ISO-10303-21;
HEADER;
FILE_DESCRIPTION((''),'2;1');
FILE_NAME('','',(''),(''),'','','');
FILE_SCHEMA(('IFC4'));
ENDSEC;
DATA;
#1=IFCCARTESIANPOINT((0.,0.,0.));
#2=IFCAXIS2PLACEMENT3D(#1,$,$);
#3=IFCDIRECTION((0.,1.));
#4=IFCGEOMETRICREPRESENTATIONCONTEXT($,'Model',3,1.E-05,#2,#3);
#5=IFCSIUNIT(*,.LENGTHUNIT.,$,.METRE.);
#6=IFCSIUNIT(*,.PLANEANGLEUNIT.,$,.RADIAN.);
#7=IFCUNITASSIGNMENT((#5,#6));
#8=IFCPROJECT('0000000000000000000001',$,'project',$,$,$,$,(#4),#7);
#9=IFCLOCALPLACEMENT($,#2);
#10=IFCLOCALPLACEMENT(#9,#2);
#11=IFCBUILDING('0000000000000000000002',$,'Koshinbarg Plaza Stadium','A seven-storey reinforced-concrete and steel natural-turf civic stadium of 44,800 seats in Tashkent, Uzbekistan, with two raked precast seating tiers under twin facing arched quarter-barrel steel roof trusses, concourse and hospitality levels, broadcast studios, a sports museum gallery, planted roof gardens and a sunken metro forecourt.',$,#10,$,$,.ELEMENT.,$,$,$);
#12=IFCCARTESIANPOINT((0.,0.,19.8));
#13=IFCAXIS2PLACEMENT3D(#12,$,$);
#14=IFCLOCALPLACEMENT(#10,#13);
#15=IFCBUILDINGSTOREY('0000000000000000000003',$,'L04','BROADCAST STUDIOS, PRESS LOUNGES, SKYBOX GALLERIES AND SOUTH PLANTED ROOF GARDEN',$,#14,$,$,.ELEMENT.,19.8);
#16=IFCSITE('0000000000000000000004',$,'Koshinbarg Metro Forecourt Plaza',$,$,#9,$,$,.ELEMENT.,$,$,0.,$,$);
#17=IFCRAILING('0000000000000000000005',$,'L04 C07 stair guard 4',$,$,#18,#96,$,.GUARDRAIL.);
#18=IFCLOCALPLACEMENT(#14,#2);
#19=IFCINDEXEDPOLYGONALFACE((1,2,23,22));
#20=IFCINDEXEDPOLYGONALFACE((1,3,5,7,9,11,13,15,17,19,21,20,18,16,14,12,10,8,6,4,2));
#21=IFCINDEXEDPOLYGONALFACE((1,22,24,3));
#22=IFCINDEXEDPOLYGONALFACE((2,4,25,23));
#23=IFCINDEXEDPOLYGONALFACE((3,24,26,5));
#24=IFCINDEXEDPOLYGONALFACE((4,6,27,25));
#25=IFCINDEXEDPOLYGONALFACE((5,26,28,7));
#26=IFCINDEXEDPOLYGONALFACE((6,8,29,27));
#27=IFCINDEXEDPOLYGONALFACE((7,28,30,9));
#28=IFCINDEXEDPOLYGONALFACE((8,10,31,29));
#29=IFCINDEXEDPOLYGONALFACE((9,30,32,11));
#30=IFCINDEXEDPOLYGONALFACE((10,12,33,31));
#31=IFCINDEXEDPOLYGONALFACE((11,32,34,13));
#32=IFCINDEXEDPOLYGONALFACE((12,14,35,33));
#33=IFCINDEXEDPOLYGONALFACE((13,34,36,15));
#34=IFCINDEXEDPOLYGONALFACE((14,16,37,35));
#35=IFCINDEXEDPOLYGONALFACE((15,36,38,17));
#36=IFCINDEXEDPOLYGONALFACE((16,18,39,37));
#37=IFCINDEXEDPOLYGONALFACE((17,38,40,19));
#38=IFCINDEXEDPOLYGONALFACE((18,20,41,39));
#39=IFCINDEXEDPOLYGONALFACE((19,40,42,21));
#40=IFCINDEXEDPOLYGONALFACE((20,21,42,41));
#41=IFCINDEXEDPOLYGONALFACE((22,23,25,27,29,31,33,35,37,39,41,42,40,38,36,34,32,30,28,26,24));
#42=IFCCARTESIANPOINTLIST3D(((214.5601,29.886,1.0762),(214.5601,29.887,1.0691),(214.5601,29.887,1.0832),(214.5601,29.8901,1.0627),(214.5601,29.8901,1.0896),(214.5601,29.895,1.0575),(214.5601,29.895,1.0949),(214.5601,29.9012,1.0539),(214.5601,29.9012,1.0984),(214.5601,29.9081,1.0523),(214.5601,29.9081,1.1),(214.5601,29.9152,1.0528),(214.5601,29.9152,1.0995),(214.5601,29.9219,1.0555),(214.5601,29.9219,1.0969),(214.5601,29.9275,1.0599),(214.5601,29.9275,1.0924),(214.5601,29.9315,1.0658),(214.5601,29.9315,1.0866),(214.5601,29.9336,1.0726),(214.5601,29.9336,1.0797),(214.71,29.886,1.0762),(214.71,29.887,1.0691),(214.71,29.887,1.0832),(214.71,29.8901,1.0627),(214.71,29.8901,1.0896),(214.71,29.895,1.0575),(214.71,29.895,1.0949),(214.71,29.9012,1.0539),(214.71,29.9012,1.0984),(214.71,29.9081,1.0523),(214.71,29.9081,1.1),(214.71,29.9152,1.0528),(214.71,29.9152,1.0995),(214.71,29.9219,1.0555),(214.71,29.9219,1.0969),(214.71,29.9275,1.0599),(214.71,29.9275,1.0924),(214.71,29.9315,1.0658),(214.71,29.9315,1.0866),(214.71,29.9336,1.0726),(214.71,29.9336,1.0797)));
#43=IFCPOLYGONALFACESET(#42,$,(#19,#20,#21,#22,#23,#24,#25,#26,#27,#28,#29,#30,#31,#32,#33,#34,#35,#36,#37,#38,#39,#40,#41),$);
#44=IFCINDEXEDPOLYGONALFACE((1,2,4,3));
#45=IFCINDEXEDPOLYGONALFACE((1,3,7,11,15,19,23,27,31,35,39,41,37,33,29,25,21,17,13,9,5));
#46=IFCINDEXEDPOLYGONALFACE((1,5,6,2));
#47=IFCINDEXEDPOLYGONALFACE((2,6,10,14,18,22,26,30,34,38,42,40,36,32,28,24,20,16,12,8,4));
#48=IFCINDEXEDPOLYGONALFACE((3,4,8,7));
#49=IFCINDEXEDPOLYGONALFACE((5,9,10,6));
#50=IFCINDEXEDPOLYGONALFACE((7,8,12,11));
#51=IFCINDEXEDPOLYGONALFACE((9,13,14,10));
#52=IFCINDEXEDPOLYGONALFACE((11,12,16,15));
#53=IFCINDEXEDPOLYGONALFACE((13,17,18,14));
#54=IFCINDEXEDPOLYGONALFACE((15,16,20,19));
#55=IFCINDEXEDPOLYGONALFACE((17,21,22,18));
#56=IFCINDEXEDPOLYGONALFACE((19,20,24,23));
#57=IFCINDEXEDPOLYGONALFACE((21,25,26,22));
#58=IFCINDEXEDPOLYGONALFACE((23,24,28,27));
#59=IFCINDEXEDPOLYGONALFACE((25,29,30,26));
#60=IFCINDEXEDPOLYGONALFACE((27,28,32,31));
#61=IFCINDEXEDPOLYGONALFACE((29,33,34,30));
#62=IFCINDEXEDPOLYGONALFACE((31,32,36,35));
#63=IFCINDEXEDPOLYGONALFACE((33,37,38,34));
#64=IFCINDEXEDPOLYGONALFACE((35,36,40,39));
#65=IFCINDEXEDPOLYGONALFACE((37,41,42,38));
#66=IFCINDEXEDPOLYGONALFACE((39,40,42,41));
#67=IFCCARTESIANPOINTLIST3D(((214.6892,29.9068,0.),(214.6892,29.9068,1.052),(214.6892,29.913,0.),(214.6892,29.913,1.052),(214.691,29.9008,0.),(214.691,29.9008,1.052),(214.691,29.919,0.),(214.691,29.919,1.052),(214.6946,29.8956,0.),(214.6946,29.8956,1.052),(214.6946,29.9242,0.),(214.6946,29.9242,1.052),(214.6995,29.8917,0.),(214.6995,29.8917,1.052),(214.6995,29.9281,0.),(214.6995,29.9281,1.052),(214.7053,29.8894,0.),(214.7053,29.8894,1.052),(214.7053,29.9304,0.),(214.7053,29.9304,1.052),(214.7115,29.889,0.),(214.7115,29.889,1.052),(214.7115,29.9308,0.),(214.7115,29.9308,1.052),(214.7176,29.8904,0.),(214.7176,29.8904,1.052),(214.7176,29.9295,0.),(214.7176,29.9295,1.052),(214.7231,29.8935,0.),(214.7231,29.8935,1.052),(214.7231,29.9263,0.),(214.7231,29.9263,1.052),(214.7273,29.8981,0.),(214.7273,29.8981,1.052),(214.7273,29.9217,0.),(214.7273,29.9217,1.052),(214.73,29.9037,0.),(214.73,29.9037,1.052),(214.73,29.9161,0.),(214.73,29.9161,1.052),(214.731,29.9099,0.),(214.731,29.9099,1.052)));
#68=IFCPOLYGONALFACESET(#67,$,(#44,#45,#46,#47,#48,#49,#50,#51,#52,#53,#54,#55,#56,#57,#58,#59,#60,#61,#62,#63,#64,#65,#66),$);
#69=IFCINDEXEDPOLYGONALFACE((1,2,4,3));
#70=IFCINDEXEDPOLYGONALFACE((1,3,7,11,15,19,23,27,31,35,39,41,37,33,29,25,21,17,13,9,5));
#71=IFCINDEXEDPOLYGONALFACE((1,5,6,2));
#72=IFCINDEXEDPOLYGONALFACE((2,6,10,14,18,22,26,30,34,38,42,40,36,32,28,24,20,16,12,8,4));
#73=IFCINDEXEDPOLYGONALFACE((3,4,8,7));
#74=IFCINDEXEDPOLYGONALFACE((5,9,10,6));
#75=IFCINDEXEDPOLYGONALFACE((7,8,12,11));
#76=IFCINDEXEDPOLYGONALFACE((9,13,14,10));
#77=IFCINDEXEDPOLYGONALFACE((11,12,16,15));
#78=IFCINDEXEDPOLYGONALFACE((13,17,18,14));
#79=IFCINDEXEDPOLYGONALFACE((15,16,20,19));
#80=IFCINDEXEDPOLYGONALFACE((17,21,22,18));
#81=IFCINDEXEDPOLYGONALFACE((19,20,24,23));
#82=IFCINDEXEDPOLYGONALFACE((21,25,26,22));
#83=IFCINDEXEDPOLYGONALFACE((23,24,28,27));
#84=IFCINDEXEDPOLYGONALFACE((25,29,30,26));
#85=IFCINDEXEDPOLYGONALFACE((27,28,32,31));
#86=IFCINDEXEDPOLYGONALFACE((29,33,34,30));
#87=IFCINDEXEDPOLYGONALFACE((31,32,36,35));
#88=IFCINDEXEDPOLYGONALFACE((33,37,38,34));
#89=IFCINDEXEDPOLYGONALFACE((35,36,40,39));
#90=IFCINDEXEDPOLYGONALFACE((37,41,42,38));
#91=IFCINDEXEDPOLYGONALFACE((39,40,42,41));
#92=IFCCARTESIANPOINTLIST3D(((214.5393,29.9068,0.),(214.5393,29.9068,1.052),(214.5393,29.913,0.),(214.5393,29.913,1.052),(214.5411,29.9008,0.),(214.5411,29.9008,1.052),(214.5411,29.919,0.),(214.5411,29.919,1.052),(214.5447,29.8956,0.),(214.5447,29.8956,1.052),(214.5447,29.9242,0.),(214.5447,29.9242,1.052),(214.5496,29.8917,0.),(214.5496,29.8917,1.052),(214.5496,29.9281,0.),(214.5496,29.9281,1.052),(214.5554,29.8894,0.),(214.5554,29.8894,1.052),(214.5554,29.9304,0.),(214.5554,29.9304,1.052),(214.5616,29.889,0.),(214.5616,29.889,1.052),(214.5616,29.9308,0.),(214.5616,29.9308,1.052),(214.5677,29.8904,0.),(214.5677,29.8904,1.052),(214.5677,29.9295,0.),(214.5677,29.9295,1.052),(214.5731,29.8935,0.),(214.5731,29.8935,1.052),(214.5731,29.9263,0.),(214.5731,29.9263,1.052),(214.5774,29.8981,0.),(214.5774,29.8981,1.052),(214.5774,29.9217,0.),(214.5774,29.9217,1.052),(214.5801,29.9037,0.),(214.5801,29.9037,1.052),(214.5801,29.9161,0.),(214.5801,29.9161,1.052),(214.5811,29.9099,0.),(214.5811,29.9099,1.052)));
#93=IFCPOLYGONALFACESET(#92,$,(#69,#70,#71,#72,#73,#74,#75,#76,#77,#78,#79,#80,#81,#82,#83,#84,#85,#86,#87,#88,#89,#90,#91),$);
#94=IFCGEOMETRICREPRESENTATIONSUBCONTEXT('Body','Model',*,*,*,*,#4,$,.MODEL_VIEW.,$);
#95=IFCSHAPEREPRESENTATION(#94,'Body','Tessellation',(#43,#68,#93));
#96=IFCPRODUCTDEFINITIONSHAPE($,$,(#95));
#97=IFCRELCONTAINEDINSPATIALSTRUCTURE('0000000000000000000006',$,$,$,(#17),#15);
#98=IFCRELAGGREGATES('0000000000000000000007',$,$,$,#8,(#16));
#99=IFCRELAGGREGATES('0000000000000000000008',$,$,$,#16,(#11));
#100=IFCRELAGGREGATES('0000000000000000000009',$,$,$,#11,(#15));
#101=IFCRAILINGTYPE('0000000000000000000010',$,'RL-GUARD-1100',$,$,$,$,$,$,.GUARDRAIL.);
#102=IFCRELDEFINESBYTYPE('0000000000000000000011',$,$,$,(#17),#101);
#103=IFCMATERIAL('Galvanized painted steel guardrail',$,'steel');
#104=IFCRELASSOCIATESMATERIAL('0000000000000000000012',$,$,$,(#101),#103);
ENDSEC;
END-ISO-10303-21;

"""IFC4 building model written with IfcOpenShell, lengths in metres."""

from ifc_helpers import new_model, si_unit, direction, frame, origin, origin_2d, place, context, subcontext, project, spatial, circle, extrude, material, type_object, element, save


model = new_model("IFC4")

# Units and contexts
model_context = context("Model", 3, precision=1e-05, world=origin(), true_north=direction((0.0, 1.0)))
body_context = subcontext(model_context, "Body", "Model", "MODEL_VIEW")
ifc_project = project(units=[si_unit("LENGTHUNIT", "METRE"), si_unit("PLANEANGLEUNIT", "RADIAN")], contexts=[model_context])

# Site, building, storey
site_placement = place(None, origin())
site = spatial("IfcSite", under=ifc_project, at=site_placement, Name="Koshinbarg Metro Forecourt Plaza", CompositionType="ELEMENT", RefElevation=0.0)
building_placement = place(site_placement, origin())
building = spatial("IfcBuilding", under=site, at=building_placement, Name="Koshinbarg Plaza Stadium", Description="A seven-storey reinforced-concrete and steel natural-turf civic stadium of 44,800 seats in Tashkent, Uzbekistan, with two raked precast seating tiers under twin facing arched quarter-barrel steel roof trusses, concourse and hospitality levels, broadcast studios, a sports museum gallery, planted roof gardens and a sunken metro forecourt.", CompositionType="ELEMENT")
storey_placement = place(building_placement, frame((0.0, 0.0, 19.8)))
storey = spatial("IfcBuildingStorey", under=building, at=storey_placement, Name="L04", Description="BROADCAST STUDIOS, PRESS LOUNGES, SKYBOX GALLERIES AND SOUTH PLANTED ROOF GARDEN", CompositionType="ELEMENT", Elevation=19.8)

# Railing
ifc_material_1 = material(Name="Galvanized painted steel guardrail", Category="steel")
railing_type_1 = type_object("IfcRailingType", Name="RL-GUARD-1100", PredefinedType="GUARDRAIL", material=ifc_material_1)
railing_1_placement = place(storey_placement, frame((214.71, 29.9099, 0.0)))
element("IfcRailing", 1, at=railing_1_placement, inside=storey, type_object=railing_type_1, Name="L04 C07 stair guard 4", PredefinedType="GUARDRAIL", context=body_context, shape_type="SweptSolid", body=[
    extrude(circle(Radius=0.0239, at=origin_2d()), frame((0.0, 0.0, 1.0762), z_axis=(-1.0, 0.0, 0.0), x_axis=(0.0, -1.0, 0.0)), (0.0, 0.0, 1.0), 0.1499),
    extrude(circle(Radius=0.021, at=origin_2d()), origin(), (0.0, 0.0, 1.0), 1.052),
    extrude(circle(Radius=0.021, at=origin_2d()), frame((-0.1499, 0.0, 0.0)), (0.0, 0.0, 1.0), 1.052),
])

save(model, "model.ifc")
